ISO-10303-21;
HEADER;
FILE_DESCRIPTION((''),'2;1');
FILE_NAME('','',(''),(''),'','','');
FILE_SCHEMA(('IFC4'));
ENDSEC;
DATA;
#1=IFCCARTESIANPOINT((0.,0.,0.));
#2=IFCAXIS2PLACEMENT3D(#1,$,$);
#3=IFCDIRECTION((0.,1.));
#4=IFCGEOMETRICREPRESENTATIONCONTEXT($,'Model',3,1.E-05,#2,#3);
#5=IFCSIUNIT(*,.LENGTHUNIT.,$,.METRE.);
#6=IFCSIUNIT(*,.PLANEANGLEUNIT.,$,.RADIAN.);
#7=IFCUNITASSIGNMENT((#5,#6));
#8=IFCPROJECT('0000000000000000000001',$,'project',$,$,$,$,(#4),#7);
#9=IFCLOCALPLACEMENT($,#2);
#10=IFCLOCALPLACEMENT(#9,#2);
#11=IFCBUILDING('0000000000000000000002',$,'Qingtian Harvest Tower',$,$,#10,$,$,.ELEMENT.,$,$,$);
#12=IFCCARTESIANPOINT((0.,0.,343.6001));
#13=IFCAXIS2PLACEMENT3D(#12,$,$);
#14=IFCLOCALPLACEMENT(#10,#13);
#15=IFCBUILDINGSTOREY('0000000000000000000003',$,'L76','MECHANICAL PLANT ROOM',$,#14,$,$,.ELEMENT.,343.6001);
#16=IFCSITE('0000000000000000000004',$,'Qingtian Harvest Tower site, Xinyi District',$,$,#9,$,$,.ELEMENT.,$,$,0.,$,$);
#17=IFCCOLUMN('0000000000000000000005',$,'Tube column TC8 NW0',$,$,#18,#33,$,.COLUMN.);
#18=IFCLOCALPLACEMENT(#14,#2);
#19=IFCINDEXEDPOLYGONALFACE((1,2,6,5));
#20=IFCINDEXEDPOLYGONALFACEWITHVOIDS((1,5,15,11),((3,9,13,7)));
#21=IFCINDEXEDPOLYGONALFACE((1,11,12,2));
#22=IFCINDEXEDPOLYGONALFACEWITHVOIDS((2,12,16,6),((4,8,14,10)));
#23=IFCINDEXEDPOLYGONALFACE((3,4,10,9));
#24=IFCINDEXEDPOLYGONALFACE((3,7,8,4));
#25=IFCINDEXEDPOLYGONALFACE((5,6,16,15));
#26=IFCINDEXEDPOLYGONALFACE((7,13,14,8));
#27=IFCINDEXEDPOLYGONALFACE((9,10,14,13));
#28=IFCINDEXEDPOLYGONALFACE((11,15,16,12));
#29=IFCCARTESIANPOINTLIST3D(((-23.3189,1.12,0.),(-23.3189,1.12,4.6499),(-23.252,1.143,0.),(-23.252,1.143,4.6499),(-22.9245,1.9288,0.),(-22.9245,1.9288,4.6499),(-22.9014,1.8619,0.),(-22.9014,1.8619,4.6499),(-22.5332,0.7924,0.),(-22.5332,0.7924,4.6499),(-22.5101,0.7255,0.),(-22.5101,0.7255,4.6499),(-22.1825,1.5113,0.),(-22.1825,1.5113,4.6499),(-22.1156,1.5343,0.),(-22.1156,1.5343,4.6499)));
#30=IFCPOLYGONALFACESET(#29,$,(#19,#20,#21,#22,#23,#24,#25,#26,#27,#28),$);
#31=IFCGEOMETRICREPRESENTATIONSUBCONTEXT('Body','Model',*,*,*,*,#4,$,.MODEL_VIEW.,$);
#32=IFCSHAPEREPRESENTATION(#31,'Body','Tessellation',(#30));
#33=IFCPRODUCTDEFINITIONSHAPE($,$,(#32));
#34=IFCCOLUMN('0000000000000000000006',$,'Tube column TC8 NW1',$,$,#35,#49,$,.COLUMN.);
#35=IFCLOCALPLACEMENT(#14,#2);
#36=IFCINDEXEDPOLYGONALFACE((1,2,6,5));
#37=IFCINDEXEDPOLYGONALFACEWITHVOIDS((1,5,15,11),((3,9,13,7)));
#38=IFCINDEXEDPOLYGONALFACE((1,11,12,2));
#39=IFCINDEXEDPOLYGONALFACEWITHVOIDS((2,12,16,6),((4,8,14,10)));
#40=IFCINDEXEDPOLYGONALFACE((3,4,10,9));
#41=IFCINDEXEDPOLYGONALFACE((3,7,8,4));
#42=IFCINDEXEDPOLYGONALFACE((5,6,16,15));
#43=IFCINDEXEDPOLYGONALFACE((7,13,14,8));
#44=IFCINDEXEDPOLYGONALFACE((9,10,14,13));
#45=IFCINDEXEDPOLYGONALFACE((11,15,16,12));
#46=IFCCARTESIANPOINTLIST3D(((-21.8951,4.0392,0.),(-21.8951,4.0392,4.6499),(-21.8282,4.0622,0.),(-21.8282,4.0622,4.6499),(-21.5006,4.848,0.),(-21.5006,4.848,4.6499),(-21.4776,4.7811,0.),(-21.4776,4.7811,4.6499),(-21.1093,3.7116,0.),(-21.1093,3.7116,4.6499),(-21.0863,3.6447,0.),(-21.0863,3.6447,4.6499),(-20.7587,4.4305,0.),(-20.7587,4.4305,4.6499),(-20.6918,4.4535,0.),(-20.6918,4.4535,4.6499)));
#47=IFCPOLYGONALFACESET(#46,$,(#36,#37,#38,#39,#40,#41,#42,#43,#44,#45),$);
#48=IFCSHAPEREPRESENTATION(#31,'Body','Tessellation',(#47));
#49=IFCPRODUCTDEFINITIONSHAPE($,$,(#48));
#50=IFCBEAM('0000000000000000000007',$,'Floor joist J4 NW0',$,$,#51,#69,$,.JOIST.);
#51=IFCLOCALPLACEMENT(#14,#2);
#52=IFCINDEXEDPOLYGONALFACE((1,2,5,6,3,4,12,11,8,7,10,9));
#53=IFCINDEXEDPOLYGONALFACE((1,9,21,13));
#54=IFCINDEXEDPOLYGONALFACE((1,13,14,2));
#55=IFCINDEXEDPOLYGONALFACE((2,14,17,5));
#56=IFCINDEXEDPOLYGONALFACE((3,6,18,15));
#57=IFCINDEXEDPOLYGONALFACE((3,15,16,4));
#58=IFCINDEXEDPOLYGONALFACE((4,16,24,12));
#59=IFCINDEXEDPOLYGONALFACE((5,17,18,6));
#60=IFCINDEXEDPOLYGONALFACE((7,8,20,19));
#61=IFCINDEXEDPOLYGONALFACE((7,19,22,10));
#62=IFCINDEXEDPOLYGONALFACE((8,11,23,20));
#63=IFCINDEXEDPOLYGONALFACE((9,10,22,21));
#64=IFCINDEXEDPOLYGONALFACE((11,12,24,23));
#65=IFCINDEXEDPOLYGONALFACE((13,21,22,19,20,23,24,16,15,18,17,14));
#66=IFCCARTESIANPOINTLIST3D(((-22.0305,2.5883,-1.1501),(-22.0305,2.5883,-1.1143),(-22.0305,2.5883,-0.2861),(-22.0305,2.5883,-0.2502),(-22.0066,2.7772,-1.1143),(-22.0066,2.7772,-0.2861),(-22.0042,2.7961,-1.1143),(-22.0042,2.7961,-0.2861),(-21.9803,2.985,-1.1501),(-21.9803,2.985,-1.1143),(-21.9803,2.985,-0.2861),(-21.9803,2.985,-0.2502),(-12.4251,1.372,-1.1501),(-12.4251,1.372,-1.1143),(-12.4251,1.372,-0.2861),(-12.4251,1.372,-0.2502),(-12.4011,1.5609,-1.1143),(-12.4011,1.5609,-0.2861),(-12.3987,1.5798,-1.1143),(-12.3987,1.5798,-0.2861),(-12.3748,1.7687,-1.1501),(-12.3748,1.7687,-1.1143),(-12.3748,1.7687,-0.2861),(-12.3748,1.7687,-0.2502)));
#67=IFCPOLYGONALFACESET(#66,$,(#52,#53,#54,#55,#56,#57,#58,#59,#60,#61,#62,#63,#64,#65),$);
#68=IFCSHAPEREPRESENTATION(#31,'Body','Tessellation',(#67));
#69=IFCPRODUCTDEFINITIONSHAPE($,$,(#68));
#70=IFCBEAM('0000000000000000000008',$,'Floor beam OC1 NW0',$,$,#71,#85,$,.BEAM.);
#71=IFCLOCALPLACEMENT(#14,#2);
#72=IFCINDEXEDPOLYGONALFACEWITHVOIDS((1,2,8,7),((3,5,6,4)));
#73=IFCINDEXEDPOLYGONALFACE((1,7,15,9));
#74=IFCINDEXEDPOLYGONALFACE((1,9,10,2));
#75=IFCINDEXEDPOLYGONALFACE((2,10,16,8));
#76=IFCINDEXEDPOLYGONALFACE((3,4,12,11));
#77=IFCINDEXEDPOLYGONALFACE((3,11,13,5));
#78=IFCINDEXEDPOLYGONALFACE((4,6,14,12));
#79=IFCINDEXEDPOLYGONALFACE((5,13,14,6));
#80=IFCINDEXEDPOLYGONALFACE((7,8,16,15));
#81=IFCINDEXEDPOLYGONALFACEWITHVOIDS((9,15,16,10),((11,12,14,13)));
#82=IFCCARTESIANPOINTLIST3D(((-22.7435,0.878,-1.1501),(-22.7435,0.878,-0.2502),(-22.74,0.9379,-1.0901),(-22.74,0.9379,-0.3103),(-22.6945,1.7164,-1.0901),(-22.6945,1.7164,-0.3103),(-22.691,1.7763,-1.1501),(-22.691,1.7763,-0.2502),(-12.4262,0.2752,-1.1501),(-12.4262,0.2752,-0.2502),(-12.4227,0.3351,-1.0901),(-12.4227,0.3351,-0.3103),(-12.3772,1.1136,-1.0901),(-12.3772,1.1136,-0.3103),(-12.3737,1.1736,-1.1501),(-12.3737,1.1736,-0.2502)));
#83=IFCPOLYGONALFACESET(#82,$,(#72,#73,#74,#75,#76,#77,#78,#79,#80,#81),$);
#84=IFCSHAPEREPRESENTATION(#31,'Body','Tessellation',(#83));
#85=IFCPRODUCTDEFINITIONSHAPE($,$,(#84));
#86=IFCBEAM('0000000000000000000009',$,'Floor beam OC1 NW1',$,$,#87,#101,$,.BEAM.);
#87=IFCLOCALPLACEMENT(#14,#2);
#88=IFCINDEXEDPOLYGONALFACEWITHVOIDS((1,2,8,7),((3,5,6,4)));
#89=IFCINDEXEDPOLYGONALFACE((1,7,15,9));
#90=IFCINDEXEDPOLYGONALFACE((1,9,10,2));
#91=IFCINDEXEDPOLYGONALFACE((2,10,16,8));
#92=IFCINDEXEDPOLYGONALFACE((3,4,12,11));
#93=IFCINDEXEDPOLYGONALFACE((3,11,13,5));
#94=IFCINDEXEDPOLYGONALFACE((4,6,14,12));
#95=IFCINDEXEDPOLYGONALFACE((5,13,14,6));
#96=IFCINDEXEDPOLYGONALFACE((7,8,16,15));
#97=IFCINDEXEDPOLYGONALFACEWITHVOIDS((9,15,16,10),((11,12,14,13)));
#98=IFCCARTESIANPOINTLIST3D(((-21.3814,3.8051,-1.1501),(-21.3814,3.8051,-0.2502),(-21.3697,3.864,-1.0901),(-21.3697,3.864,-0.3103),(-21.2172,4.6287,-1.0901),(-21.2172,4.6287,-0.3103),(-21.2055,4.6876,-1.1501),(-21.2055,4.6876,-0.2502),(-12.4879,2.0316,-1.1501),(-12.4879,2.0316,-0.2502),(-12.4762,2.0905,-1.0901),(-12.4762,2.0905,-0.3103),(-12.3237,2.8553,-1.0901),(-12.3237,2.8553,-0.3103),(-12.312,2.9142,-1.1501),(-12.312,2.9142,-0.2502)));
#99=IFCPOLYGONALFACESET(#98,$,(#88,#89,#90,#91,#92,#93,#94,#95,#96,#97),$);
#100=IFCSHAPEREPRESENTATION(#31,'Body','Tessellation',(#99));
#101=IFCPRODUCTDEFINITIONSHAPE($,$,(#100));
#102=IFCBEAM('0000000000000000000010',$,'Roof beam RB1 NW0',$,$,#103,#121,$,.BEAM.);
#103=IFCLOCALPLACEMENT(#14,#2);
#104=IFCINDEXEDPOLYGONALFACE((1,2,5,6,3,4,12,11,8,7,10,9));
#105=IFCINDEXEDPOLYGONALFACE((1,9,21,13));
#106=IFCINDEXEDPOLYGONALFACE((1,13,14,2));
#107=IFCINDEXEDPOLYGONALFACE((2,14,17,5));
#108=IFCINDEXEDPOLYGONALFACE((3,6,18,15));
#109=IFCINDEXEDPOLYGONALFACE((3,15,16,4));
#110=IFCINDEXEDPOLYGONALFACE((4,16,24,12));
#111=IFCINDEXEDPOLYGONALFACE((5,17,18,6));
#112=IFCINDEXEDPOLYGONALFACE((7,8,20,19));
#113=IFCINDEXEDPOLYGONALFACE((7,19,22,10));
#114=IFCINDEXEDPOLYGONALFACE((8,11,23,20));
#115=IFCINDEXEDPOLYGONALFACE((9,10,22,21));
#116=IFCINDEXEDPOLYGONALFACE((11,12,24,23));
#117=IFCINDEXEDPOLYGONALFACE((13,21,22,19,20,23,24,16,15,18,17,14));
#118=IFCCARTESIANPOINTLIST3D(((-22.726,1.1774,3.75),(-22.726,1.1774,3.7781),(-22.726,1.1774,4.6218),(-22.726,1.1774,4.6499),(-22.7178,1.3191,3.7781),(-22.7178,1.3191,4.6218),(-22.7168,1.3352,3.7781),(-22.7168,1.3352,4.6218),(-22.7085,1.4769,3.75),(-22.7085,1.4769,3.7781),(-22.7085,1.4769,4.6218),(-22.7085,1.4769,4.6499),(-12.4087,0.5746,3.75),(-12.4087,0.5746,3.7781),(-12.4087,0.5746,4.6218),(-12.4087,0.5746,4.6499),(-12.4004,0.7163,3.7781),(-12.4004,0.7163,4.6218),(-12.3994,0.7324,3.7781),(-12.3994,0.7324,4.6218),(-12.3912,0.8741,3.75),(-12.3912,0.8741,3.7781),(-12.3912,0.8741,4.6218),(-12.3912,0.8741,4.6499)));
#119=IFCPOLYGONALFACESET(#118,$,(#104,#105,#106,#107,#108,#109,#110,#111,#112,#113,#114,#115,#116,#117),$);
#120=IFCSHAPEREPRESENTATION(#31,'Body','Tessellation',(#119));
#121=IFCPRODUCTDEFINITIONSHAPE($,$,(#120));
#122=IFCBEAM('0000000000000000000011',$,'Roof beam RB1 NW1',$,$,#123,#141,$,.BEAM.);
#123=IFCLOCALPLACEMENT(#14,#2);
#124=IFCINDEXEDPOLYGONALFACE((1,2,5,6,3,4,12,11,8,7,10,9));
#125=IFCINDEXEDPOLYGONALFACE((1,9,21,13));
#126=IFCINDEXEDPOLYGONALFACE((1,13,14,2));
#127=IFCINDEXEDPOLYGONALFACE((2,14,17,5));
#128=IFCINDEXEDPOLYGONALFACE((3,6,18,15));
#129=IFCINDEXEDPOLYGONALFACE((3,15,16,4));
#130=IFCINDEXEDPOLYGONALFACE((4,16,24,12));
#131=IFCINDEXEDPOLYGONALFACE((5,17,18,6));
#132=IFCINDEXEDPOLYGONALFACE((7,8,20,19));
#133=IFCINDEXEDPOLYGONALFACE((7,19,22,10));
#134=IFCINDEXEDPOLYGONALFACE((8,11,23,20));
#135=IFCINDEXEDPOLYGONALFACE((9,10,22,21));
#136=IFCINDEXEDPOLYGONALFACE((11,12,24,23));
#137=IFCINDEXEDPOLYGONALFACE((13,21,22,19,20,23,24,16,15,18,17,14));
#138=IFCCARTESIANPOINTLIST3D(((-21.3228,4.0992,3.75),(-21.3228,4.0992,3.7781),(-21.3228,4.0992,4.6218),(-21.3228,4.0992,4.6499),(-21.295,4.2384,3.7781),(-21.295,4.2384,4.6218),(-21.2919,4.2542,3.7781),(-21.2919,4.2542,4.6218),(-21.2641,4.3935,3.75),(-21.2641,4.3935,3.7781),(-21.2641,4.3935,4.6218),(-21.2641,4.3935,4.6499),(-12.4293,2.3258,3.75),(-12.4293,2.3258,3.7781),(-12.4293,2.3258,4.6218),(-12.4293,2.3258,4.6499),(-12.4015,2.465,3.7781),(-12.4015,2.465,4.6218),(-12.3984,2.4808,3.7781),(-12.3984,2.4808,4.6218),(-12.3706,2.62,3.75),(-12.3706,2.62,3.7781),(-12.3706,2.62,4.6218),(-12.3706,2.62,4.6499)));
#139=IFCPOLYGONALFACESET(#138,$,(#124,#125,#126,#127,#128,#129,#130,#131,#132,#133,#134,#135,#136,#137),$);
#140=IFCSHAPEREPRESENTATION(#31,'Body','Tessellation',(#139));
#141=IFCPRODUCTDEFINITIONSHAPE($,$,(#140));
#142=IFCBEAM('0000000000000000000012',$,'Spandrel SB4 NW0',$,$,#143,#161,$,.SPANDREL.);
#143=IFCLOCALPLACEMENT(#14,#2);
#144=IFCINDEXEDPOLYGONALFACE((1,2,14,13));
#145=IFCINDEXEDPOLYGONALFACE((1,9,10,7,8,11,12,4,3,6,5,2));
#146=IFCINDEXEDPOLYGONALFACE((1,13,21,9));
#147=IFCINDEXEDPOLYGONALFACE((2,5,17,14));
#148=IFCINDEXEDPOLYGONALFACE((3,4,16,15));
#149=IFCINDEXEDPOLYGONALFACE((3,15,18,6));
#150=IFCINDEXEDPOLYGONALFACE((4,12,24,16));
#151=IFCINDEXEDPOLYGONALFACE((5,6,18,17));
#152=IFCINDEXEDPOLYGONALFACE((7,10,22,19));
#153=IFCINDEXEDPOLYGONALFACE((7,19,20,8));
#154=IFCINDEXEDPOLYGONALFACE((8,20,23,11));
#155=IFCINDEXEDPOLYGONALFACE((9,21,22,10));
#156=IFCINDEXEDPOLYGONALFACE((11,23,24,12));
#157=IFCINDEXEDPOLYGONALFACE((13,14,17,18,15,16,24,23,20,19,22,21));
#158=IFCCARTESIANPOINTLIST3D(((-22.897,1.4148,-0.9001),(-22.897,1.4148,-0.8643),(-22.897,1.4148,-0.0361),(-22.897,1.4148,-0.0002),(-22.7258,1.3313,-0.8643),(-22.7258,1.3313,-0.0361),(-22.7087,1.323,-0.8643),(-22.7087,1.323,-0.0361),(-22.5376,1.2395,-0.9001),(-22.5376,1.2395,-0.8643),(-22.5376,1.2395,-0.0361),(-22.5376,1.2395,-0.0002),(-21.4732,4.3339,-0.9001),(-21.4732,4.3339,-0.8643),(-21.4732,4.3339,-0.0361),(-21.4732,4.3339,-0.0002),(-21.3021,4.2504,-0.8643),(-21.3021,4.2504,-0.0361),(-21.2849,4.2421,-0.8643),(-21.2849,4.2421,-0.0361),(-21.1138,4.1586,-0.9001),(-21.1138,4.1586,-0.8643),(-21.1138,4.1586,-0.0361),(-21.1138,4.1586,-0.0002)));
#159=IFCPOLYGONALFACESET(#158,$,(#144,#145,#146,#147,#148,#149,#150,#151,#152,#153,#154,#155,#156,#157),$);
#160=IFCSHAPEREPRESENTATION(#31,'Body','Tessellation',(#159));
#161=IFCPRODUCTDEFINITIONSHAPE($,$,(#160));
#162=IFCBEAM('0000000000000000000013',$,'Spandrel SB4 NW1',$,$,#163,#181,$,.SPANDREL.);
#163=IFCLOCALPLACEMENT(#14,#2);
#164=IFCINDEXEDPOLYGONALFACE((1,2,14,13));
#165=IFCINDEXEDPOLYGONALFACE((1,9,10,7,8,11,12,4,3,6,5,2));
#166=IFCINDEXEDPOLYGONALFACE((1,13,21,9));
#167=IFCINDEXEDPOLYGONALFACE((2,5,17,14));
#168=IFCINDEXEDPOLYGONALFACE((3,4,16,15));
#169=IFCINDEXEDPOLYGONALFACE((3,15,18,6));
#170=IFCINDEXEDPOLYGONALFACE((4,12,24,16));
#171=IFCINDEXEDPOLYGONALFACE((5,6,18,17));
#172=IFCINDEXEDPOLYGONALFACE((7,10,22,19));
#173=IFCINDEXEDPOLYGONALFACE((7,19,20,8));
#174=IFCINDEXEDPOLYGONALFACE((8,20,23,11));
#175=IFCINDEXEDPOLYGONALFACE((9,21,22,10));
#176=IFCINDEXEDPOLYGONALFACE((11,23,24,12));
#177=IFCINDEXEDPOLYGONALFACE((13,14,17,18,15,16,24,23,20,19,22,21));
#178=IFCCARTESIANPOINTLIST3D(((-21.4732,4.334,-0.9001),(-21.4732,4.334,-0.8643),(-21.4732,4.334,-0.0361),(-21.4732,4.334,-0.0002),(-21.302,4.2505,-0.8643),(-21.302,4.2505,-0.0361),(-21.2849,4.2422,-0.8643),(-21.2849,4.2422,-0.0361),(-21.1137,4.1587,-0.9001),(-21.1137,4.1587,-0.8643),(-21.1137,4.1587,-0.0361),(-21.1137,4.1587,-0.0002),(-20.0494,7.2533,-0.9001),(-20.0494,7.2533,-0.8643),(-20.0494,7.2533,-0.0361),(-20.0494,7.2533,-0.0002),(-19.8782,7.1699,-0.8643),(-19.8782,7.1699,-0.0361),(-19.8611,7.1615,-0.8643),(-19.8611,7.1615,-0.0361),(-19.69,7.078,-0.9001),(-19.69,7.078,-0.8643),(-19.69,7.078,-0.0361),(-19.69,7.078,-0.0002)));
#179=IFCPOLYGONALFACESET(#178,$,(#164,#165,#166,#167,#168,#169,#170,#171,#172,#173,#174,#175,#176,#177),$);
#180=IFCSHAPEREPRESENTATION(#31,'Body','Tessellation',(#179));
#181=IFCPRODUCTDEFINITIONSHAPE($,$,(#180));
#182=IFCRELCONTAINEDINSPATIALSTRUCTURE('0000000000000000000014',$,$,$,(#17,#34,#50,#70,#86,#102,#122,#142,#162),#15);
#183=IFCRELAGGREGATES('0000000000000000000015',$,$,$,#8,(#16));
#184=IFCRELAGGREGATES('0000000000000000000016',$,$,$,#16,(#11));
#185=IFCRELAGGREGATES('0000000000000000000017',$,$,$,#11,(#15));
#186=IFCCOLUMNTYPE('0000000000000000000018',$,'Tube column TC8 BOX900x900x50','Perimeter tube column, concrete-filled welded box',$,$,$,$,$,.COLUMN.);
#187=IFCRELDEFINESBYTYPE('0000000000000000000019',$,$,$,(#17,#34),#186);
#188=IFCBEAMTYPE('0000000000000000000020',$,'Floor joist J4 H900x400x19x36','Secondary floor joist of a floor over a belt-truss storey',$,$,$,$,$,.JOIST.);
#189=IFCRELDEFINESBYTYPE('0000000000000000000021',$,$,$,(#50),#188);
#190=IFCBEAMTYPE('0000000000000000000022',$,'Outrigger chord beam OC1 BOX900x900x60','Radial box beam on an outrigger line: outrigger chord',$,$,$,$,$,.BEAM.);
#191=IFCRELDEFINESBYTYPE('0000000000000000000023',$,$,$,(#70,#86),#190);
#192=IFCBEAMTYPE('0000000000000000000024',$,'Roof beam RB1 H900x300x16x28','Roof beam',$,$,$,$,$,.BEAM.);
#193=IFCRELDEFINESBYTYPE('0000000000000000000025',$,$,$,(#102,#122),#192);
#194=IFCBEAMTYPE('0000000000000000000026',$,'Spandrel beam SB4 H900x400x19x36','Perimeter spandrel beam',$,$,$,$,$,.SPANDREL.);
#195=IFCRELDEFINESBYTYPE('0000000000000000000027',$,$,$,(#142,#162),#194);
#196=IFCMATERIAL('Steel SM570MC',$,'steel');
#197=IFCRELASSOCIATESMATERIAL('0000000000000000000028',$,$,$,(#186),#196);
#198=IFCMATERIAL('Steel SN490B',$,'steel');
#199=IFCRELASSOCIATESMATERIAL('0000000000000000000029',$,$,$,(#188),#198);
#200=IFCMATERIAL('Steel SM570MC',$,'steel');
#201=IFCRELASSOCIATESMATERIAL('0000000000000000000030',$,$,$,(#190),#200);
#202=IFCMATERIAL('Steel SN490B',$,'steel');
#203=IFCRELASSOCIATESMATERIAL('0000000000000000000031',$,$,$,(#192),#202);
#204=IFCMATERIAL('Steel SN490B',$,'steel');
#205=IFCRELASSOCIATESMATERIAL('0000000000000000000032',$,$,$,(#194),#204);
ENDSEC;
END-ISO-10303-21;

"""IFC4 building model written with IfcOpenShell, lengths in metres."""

from ifc_helpers import new_model, si_unit, direction, frame, origin, origin_2d, place, context, subcontext, project, spatial, hollow_rectangle, i_section, extrude, material, material_profile, profile_set, type_object, element, save


model = new_model("IFC4")

# Units and contexts
model_context = context("Model", 3, precision=1e-05, world=origin(), true_north=direction((0.0, 1.0)))
body_context = subcontext(model_context, "Body", "Model", "MODEL_VIEW")
ifc_project = project(units=[si_unit("LENGTHUNIT", "METRE"), si_unit("PLANEANGLEUNIT", "RADIAN")], contexts=[model_context])

# Site, building, storey
site_placement = place(None, origin())
site = spatial("IfcSite", under=ifc_project, at=site_placement, Name="Qingtian Harvest Tower site, Xinyi District", CompositionType="ELEMENT", RefElevation=0.0)
building_placement = place(site_placement, origin())
building = spatial("IfcBuilding", under=site, at=building_placement, Name="Qingtian Harvest Tower", CompositionType="ELEMENT")
storey_placement = place(building_placement, frame((0.0, 0.0, 343.6001)))
storey = spatial("IfcBuildingStorey", under=building, at=storey_placement, Name="L76", Description="MECHANICAL PLANT ROOM", CompositionType="ELEMENT", Elevation=343.6001)

# Columns
ifc_material_1 = material(Name="Steel SM570MC", Category="steel")
ifc_material_profile_1 = material_profile(ifc_material_1, hollow_rectangle(XDim=0.8999, YDim=0.8999, WallThickness=0.05, at=origin_2d()), Name="BOX900x900x50")
ifc_profile_set_1 = profile_set([ifc_material_profile_1], Name="Steel SM570MC")
column_type = type_object("IfcColumnType", Name="Tube column TC8 BOX900x900x50", Description="Perimeter tube column, concrete-filled welded box", PredefinedType="COLUMN", material=ifc_profile_set_1)
for number, where, z_axis, x_axis, name in (
    (1, (-22.7173, 1.3271, 0.0), (0.0, 0.0, 1.0), (-0.438371, -0.898794, 0.0), "Tube column TC8 NW0"),
    (2, (-21.2935, 4.2463, 0.0), (0.0, 0.0, 1.0), (-0.438371, -0.898794, 0.0), "Tube column TC8 NW1"),
):
    element("IfcColumn", number, at=place(storey_placement, frame(where, z_axis=z_axis, x_axis=x_axis)), inside=storey, type_object=column_type, Name=name, PredefinedType="COLUMN", context=body_context, shape_type="SweptSolid", body=[
        extrude(hollow_rectangle(XDim=0.8999, YDim=0.8999, WallThickness=0.05, at=origin_2d()), origin(), (0.0, 0.0, 1.0), 4.6499),
    ])

# Beams
ifc_material_2 = material(Name="Steel SN490B", Category="steel")
ifc_material_profile_2 = material_profile(ifc_material_2, i_section(OverallWidth=0.3999, OverallDepth=0.8999, WebThickness=0.019, FlangeThickness=0.0359, at=origin_2d()), Name="H900x400x19x36")
ifc_profile_set_2 = profile_set([ifc_material_profile_2], Name="Steel SN490B")
beam_type_1 = type_object("IfcBeamType", Name="Floor joist J4 H900x400x19x36", Description="Secondary floor joist of a floor over a belt-truss storey", PredefinedType="JOIST", material=ifc_profile_set_2)
beam_1_placement = place(storey_placement, frame((-22.0054, 2.7866, -0.7002), z_axis=(0.992078, -0.125624, 0.0), x_axis=(0.125624, 0.992078, 0.0)))
element("IfcBeam", 3, at=beam_1_placement, inside=storey, type_object=beam_type_1, Name="Floor joist J4 NW0", PredefinedType="JOIST", context=body_context, shape_type="SweptSolid", body=[
    extrude(i_section(OverallWidth=0.3999, OverallDepth=0.8999, WebThickness=0.019, FlangeThickness=0.0359, at=origin_2d()), origin(), (0.0, 0.0, 1.0), 9.6821),
])
ifc_material_3 = material(Name="Steel SM570MC", Category="steel")
ifc_material_profile_3 = material_profile(ifc_material_3, hollow_rectangle(XDim=0.8999, YDim=0.8999, WallThickness=0.0601, at=origin_2d()), Name="BOX900x900x60")
ifc_profile_set_3 = profile_set([ifc_material_profile_3], Name="Steel SM570MC")
beam_type_2 = type_object("IfcBeamType", Name="Outrigger chord beam OC1 BOX900x900x60", Description="Radial box beam on an outrigger line: outrigger chord", PredefinedType="BEAM", material=ifc_profile_set_3)
beam_2_placement = place(storey_placement, frame((-22.7173, 1.3271, -0.7002), z_axis=(0.998298, -0.058325, 0.0), x_axis=(0.058325, 0.998298, 0.0)))
element("IfcBeam", 4, at=beam_2_placement, inside=storey, type_object=beam_type_2, Name="Floor beam OC1 NW0", PredefinedType="BEAM", context=body_context, shape_type="SweptSolid", body=[
    extrude(hollow_rectangle(XDim=0.8999, YDim=0.8999, WallThickness=0.0601, at=origin_2d()), origin(), (0.0, 0.0, 1.0), 10.335),
])
beam_3_placement = place(storey_placement, frame((-21.2935, 4.2463, -0.7002), z_axis=(0.980692, -0.195557, 0.0), x_axis=(0.195557, 0.980692, 0.0)))
element("IfcBeam", 5, at=beam_3_placement, inside=storey, type_object=beam_type_2, Name="Floor beam OC1 NW1", PredefinedType="BEAM", context=body_context, shape_type="SweptSolid", body=[
    extrude(hollow_rectangle(XDim=0.8999, YDim=0.8999, WallThickness=0.0601, at=origin_2d()), origin(), (0.0, 0.0, 1.0), 9.0686),
])
ifc_material_4 = material(Name="Steel SN490B", Category="steel")
ifc_material_profile_4 = material_profile(ifc_material_4, i_section(OverallWidth=0.3, OverallDepth=0.8999, WebThickness=0.0161, FlangeThickness=0.0281, at=origin_2d()), Name="H900x300x16x28")
ifc_profile_set_4 = profile_set([ifc_material_profile_4], Name="Steel SN490B")
beam_type_3 = type_object("IfcBeamType", Name="Roof beam RB1 H900x300x16x28", Description="Roof beam", PredefinedType="BEAM", material=ifc_profile_set_4)
beam_4_placement = place(storey_placement, frame((-22.7173, 1.3271, 4.2), z_axis=(0.998298, -0.058325, 0.0), x_axis=(0.058325, 0.998298, 0.0)))
element("IfcBeam", 6, at=beam_4_placement, inside=storey, type_object=beam_type_3, Name="Roof beam RB1 NW0", PredefinedType="BEAM", context=body_context, shape_type="SweptSolid", body=[
    extrude(i_section(OverallWidth=0.3, OverallDepth=0.8999, WebThickness=0.0161, FlangeThickness=0.0281, at=origin_2d()), origin(), (0.0, 0.0, 1.0), 10.335),
])
beam_5_placement = place(storey_placement, frame((-21.2935, 4.2463, 4.2), z_axis=(0.980692, -0.195557, 0.0), x_axis=(0.195557, 0.980692, 0.0)))
element("IfcBeam", 7, at=beam_5_placement, inside=storey, type_object=beam_type_3, Name="Roof beam RB1 NW1", PredefinedType="BEAM", context=body_context, shape_type="SweptSolid", body=[
    extrude(i_section(OverallWidth=0.3, OverallDepth=0.8999, WebThickness=0.0161, FlangeThickness=0.0281, at=origin_2d()), origin(), (0.0, 0.0, 1.0), 9.0686),
])
ifc_material_5 = material(Name="Steel SN490B", Category="steel")
ifc_material_profile_5 = material_profile(ifc_material_5, i_section(OverallWidth=0.3999, OverallDepth=0.8999, WebThickness=0.019, FlangeThickness=0.0359, at=origin_2d()), Name="H900x400x19x36")
ifc_profile_set_5 = profile_set([ifc_material_profile_5], Name="Steel SN490B")
beam_type_4 = type_object("IfcBeamType", Name="Spandrel beam SB4 H900x400x19x36", Description="Perimeter spandrel beam", PredefinedType="SPANDREL", material=ifc_profile_set_5)
beam_6_placement = place(storey_placement, frame((-22.7173, 1.3271, -0.4502), z_axis=(0.438382, 0.898789, 0.0), x_axis=(-0.898789, 0.438382, 0.0)))
element("IfcBeam", 8, at=beam_6_placement, inside=storey, type_object=beam_type_4, Name="Spandrel SB4 NW0", PredefinedType="SPANDREL", context=body_context, shape_type="SweptSolid", body=[
    extrude(i_section(OverallWidth=0.3999, OverallDepth=0.8999, WebThickness=0.019, FlangeThickness=0.0359, at=origin_2d()), origin(), (0.0, 0.0, 1.0), 3.2478),
])
beam_7_placement = place(storey_placement, frame((-21.2935, 4.2463, -0.4502), z_axis=(0.438353, 0.898803, 0.0), x_axis=(-0.898803, 0.438353, 0.0)))
element("IfcBeam", 9, at=beam_7_placement, inside=storey, type_object=beam_type_4, Name="Spandrel SB4 NW1", PredefinedType="SPANDREL", context=body_context, shape_type="SweptSolid", body=[
    extrude(i_section(OverallWidth=0.3999, OverallDepth=0.8999, WebThickness=0.019, FlangeThickness=0.0359, at=origin_2d()), origin(), (0.0, 0.0, 1.0), 3.248),
])

save(model, "model.ifc")
